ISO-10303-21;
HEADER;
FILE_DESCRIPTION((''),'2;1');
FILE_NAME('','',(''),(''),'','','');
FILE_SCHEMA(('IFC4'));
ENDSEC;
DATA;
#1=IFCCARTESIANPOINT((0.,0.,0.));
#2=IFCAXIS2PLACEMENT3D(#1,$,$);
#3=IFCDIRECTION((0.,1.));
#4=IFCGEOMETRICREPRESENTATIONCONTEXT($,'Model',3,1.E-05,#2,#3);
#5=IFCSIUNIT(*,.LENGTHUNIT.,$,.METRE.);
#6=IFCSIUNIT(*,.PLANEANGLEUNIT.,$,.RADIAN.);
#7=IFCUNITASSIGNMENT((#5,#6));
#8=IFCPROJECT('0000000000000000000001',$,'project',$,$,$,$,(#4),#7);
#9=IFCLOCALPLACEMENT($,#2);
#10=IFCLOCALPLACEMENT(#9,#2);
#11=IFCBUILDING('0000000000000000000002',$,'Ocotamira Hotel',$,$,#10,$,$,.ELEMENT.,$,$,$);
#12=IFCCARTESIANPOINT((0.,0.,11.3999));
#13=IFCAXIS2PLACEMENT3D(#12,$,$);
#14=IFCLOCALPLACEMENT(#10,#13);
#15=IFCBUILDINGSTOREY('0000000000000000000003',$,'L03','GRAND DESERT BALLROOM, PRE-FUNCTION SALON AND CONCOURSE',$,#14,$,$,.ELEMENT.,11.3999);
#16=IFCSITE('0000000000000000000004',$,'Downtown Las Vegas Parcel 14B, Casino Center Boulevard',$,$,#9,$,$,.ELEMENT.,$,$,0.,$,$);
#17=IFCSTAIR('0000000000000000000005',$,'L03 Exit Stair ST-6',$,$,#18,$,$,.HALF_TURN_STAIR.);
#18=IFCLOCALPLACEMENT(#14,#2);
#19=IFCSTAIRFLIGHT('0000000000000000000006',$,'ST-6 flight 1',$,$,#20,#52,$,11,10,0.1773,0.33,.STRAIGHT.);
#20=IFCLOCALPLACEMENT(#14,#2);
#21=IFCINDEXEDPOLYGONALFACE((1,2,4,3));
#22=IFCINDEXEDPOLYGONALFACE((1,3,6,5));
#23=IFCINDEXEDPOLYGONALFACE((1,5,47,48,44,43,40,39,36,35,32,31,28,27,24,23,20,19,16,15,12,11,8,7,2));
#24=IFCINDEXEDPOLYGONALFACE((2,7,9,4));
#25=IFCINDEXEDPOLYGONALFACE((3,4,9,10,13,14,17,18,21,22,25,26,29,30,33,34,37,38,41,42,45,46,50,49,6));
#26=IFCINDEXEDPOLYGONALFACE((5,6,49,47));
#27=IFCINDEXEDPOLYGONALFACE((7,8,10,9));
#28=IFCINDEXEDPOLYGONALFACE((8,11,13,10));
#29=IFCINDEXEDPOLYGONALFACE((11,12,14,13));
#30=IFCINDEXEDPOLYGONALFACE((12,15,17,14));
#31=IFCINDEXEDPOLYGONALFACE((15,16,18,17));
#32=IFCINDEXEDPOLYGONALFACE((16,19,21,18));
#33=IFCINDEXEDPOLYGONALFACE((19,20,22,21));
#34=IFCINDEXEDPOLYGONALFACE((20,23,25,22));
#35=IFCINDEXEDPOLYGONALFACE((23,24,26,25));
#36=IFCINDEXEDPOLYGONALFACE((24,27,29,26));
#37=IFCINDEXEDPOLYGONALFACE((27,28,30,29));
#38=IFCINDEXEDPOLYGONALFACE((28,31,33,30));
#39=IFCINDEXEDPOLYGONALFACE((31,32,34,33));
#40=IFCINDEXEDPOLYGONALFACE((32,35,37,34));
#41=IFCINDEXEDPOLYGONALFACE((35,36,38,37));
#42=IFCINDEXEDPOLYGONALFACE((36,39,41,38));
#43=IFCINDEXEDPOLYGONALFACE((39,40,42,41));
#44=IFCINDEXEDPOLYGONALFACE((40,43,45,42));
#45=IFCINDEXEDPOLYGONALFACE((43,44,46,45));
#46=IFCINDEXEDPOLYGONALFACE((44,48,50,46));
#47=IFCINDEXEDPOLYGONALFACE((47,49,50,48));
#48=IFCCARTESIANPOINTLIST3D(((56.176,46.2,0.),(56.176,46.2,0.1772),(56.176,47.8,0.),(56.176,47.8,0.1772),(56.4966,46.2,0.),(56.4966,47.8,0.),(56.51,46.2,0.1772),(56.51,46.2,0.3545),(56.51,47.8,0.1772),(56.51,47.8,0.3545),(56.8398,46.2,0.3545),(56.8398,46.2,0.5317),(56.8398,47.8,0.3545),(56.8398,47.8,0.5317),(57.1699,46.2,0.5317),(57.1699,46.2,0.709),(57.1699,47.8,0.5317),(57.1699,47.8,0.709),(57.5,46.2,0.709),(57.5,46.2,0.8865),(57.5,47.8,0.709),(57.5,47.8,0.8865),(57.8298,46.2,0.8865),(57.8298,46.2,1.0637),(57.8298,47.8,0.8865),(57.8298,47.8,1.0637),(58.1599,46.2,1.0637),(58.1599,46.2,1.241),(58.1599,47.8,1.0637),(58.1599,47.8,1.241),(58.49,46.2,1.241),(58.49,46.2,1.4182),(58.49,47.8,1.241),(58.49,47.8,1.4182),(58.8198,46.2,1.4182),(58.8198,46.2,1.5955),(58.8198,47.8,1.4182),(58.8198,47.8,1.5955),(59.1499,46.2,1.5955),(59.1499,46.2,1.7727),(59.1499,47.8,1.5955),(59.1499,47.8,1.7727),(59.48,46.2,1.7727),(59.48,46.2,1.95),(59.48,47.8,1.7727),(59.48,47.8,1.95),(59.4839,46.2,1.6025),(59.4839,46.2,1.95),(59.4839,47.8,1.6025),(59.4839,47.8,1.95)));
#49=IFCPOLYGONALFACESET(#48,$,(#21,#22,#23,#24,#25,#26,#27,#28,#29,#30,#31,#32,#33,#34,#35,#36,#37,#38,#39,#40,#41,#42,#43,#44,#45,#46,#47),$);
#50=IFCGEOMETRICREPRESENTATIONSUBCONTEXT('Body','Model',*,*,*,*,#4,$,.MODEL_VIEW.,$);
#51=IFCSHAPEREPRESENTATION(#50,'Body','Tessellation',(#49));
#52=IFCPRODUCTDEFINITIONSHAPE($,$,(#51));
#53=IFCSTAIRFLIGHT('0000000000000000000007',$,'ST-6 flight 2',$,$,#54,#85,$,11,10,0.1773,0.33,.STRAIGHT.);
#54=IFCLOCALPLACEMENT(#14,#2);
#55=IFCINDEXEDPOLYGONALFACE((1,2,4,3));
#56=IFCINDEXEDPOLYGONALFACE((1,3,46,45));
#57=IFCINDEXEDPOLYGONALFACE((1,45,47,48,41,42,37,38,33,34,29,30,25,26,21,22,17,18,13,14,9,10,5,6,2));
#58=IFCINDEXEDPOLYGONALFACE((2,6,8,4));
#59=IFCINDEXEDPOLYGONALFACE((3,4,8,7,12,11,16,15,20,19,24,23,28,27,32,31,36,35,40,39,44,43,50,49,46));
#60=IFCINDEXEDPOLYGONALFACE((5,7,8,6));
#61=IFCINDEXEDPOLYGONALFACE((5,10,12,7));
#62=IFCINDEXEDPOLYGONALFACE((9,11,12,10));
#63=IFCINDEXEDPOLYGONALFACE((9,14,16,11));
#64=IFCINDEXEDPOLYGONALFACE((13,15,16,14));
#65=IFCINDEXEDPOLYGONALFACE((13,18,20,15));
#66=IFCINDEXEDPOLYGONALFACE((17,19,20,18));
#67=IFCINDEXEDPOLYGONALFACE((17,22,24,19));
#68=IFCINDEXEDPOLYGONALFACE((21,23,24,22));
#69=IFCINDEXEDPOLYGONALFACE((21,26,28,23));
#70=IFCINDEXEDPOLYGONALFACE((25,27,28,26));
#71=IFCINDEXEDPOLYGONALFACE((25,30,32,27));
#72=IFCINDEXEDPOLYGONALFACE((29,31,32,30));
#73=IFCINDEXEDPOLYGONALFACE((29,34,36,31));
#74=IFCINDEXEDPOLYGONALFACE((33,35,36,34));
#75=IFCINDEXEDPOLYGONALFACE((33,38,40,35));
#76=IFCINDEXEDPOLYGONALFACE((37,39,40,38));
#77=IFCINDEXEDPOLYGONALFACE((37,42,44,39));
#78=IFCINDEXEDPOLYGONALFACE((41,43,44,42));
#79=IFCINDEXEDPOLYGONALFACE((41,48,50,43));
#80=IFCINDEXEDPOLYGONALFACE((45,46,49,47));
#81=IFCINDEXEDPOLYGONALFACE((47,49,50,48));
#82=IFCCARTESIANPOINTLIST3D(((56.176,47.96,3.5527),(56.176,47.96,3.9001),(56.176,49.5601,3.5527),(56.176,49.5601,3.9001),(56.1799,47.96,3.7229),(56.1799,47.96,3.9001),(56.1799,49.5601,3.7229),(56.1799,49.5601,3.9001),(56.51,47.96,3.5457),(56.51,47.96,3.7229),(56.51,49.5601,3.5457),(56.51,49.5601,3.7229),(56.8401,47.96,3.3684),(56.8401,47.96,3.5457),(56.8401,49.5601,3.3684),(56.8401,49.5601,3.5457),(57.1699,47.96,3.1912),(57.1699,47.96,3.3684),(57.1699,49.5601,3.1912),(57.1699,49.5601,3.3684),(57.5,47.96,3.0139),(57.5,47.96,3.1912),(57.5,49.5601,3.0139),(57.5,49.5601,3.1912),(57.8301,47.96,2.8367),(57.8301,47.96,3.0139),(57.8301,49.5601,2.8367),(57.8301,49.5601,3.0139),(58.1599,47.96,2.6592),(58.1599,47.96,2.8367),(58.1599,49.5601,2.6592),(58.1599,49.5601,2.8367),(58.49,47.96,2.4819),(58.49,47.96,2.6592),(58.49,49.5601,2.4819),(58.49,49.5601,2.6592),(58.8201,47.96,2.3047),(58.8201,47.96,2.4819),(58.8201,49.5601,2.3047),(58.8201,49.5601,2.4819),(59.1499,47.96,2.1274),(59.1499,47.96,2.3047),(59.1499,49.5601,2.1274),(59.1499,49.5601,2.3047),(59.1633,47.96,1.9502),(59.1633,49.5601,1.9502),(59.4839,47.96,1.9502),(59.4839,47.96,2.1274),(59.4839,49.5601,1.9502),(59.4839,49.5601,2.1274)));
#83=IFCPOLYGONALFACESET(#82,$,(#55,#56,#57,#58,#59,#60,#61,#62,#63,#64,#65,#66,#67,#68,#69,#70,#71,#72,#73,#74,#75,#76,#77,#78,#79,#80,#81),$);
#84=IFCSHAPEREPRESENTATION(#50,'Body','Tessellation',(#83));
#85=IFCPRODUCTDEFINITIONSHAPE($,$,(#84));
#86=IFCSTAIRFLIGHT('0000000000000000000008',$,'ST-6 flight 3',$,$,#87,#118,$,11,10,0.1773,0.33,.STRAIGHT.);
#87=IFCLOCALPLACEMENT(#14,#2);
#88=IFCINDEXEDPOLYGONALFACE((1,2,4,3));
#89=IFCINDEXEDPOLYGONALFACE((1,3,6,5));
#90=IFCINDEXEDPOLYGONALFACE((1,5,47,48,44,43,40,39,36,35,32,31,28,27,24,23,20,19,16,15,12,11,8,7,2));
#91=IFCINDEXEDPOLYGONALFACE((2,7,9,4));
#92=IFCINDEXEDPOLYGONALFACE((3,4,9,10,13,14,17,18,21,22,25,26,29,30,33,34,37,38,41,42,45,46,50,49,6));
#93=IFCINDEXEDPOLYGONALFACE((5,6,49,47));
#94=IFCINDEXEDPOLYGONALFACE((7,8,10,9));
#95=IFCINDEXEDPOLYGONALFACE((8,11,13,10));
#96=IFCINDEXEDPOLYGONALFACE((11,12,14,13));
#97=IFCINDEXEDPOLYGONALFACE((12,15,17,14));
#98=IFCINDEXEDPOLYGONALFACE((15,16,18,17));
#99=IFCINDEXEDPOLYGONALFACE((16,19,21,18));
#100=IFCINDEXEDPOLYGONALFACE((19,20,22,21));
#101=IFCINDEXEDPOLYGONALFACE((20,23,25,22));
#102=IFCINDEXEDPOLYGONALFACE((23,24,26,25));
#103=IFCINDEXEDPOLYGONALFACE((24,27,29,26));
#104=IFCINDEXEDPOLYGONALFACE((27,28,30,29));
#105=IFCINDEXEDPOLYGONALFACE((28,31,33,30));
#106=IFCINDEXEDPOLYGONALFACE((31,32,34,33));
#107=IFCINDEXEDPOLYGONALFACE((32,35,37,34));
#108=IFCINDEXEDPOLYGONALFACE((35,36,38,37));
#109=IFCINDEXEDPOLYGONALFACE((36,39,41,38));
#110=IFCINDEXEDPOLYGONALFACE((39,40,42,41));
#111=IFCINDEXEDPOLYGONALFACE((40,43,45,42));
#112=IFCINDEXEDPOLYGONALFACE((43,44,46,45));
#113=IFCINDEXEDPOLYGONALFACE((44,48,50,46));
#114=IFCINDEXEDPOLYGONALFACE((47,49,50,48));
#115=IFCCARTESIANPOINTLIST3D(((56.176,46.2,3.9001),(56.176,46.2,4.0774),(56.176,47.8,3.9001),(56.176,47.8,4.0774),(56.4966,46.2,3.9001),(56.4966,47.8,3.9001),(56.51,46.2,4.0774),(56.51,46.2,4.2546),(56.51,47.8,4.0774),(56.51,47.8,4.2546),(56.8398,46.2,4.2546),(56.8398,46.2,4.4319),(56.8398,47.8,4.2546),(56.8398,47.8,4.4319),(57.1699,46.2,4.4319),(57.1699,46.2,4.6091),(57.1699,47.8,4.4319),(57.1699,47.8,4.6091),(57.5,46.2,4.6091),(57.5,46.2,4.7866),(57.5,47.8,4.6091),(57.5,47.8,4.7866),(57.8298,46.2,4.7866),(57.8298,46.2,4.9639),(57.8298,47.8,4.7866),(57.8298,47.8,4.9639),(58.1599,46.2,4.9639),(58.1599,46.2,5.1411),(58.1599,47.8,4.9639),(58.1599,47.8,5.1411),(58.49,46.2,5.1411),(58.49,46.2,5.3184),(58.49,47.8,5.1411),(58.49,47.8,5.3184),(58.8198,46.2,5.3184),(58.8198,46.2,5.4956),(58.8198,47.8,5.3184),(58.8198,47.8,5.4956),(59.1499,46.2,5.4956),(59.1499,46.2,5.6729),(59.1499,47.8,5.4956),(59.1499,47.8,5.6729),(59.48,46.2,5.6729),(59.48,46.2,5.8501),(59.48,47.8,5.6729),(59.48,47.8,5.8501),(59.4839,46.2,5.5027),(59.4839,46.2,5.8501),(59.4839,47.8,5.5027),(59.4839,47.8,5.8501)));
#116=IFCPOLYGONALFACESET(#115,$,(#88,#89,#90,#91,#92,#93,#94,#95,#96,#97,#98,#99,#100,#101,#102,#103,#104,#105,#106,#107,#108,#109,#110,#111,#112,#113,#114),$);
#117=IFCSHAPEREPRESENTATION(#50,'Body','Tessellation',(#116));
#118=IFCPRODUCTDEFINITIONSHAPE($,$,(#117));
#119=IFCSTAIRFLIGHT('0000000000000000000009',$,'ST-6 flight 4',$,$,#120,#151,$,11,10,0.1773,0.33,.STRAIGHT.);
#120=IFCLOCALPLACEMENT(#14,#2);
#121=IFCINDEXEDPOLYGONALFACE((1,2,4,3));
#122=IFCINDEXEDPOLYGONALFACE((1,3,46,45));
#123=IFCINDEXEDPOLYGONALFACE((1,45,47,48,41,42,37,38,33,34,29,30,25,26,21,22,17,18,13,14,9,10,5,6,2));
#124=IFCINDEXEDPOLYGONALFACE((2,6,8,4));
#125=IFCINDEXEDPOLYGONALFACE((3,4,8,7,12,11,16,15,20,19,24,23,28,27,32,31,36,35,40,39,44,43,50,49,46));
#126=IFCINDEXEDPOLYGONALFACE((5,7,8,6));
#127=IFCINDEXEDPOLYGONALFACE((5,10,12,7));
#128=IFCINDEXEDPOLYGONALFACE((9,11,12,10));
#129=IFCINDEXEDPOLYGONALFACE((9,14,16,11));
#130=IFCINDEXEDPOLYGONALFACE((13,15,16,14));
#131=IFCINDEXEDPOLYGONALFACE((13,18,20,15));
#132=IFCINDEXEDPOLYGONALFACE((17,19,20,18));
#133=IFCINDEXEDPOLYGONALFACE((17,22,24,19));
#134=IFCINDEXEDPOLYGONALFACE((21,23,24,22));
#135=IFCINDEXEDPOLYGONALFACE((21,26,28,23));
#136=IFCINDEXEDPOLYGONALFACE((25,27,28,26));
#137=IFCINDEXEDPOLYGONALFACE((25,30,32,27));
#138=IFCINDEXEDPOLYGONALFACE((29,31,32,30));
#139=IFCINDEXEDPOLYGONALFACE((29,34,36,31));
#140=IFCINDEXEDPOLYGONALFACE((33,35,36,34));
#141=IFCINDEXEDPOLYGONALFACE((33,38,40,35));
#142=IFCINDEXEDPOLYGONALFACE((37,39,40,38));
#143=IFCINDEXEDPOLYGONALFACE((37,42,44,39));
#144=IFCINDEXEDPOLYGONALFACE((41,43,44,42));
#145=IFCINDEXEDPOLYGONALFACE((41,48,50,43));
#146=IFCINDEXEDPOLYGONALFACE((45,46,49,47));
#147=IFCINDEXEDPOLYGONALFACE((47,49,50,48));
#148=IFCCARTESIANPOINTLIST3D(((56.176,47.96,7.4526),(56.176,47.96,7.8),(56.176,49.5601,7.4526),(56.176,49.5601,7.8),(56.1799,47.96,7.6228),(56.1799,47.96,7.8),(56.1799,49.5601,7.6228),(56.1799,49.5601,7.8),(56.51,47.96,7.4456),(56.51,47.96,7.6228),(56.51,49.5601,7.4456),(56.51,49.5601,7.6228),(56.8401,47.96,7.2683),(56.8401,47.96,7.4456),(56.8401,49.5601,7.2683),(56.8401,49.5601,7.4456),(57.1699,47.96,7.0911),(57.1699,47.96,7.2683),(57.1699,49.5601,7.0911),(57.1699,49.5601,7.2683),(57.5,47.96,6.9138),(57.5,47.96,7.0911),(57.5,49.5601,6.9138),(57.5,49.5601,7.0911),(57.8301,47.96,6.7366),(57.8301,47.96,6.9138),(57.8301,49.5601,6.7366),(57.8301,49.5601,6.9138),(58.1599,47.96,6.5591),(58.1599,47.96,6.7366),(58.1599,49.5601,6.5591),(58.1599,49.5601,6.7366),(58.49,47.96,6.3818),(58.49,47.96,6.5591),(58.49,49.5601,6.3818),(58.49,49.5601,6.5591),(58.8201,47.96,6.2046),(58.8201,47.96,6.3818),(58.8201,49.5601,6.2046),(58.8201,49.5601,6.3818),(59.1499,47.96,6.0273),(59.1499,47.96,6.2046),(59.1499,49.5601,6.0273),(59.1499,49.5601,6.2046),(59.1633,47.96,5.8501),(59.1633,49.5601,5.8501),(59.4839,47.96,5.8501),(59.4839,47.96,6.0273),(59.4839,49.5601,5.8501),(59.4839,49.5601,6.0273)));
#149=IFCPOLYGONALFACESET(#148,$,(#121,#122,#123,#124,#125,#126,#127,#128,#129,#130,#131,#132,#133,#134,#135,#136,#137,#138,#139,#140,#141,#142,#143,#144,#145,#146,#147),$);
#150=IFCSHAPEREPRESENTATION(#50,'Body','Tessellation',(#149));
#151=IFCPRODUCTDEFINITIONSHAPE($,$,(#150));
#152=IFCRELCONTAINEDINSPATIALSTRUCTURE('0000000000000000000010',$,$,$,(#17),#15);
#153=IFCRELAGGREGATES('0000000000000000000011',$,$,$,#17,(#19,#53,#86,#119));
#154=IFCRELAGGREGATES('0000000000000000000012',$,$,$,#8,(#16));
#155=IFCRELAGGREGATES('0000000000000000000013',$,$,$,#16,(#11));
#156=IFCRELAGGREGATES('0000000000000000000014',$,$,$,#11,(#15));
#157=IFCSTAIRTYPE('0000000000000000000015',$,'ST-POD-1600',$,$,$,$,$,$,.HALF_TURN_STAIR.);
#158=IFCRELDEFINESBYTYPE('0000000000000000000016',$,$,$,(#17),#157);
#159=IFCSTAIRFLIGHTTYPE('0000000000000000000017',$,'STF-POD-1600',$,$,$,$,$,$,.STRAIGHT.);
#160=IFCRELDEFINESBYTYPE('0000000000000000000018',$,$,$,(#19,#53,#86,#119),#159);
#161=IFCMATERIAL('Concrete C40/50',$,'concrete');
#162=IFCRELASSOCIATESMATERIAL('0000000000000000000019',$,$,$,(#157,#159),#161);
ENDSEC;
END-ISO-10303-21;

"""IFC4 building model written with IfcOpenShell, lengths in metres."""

from ifc_helpers import new_model, si_unit, direction, frame, origin, place, context, subcontext, project, spatial, polyline, outline, extrude, source, transform, mapped, material, type_object, element, aggregate, save


model = new_model("IFC4")

# Units and contexts
model_context = context("Model", 3, precision=1e-05, world=origin(), true_north=direction((0.0, 1.0)))
body_context = subcontext(model_context, "Body", "Model", "MODEL_VIEW")
ifc_project = project(units=[si_unit("LENGTHUNIT", "METRE"), si_unit("PLANEANGLEUNIT", "RADIAN")], contexts=[model_context])

# Site, building, storey
site_placement = place(None, origin())
site = spatial("IfcSite", under=ifc_project, at=site_placement, Name="Downtown Las Vegas Parcel 14B, Casino Center Boulevard", CompositionType="ELEMENT", RefElevation=0.0)
building_placement = place(site_placement, origin())
building = spatial("IfcBuilding", under=site, at=building_placement, Name="Ocotamira Hotel", CompositionType="ELEMENT")
storey_placement = place(building_placement, frame((0.0, 0.0, 11.3999)))
storey = spatial("IfcBuildingStorey", under=building, at=storey_placement, Name="L03", Description="GRAND DESERT BALLROOM, PRE-FUNCTION SALON AND CONCOURSE", CompositionType="ELEMENT", Elevation=11.3999)

# Stair, stair flights
ifc_material_1 = material(Name="Concrete C40/50", Category="concrete")
stair_type = type_object("IfcStairType", Name="ST-POD-1600", PredefinedType="HALF_TURN_STAIR", material=ifc_material_1)
stair_placement = place(storey_placement, origin())
stair = element("IfcStair", 1, at=stair_placement, inside=storey, type_object=stair_type, Name="L03 Exit Stair ST-6", PredefinedType="HALF_TURN_STAIR")
stair_flight_type = type_object("IfcStairFlightType", Name="STF-POD-1600", PredefinedType="STRAIGHT", material=ifc_material_1)
shared_shape_1 = source(origin(), body_context, "Body", "SweptSolid", [
    extrude(outline(polyline([(-0.0039, 0.0), (-0.0039, 0.1772), (0.3301, 0.1772), (0.3301, 0.3545), (0.6599, 0.3545), (0.6599, 0.5317), (0.99, 0.5317), (0.99, 0.709), (1.3201, 0.709), (1.3201, 0.8865), (1.6499, 0.8865), (1.6499, 1.0637), (1.98, 1.0637), (1.98, 1.241), (2.3101, 1.241), (2.3101, 1.4182), (2.6399, 1.4182), (2.6399, 1.5955), (2.97, 1.5955), (2.97, 1.7727), (3.3, 1.7727), (3.3, 1.95), (3.304, 1.95), (3.304, 1.6025), (0.3167, 0.0), (-0.0039, 0.0)])), frame((0.0, 0.8, 0.0), z_axis=(0.0, -1.0, 0.0), x_axis=(1.0, 0.0, 0.0)), (0.0, 0.0, 1.0), 1.6001),
])
stair_flight_1_placement = place(storey_placement, frame((56.1799, 47.0, 0.0), z_axis=(0.0, 0.0, 1.0), x_axis=(1.0, 0.0, 0.0)))
stair_flight_1 = element("IfcStairFlight", 2, at=stair_flight_1_placement, type_object=stair_flight_type, Name="ST-6 flight 1", NumberOfRisers=11, NumberOfTreads=10, PredefinedType="STRAIGHT", RiserHeight=0.1773, TreadLength=0.33, context=body_context, shape_type="MappedRepresentation", body=[
    mapped(shared_shape_1, transform((0.0, 0.0, 0.0), scale=1.0)),
])
stair_flight_2_placement = place(storey_placement, frame((59.48, 48.76, 1.9502), z_axis=(0.0, 0.0, 1.0), x_axis=(-1.0, 0.0, 0.0)))
stair_flight_2 = element("IfcStairFlight", 3, at=stair_flight_2_placement, type_object=stair_flight_type, Name="ST-6 flight 2", NumberOfRisers=11, NumberOfTreads=10, PredefinedType="STRAIGHT", RiserHeight=0.1773, TreadLength=0.33, context=body_context, shape_type="MappedRepresentation", body=[
    mapped(shared_shape_1, transform((0.0, 0.0, 0.0), scale=1.0)),
])
stair_flight_3_placement = place(storey_placement, frame((56.1799, 47.0, 3.9001), z_axis=(0.0, 0.0, 1.0), x_axis=(1.0, 0.0, 0.0)))
stair_flight_3 = element("IfcStairFlight", 4, at=stair_flight_3_placement, type_object=stair_flight_type, Name="ST-6 flight 3", NumberOfRisers=11, NumberOfTreads=10, PredefinedType="STRAIGHT", RiserHeight=0.1773, TreadLength=0.33, context=body_context, shape_type="MappedRepresentation", body=[
    mapped(shared_shape_1, transform((0.0, 0.0, 0.0), scale=1.0)),
])
stair_flight_4_placement = place(storey_placement, frame((59.48, 48.76, 5.8501), z_axis=(0.0, 0.0, 1.0), x_axis=(-1.0, 0.0, 0.0)))
stair_flight_4 = element("IfcStairFlight", 5, at=stair_flight_4_placement, type_object=stair_flight_type, Name="ST-6 flight 4", NumberOfRisers=11, NumberOfTreads=10, PredefinedType="STRAIGHT", RiserHeight=0.1773, TreadLength=0.33, context=body_context, shape_type="MappedRepresentation", body=[
    mapped(shared_shape_1, transform((0.0, 0.0, 0.0), scale=1.0)),
])
aggregate(stair, [stair_flight_1, stair_flight_2, stair_flight_3, stair_flight_4])

save(model, "model.ifc")
